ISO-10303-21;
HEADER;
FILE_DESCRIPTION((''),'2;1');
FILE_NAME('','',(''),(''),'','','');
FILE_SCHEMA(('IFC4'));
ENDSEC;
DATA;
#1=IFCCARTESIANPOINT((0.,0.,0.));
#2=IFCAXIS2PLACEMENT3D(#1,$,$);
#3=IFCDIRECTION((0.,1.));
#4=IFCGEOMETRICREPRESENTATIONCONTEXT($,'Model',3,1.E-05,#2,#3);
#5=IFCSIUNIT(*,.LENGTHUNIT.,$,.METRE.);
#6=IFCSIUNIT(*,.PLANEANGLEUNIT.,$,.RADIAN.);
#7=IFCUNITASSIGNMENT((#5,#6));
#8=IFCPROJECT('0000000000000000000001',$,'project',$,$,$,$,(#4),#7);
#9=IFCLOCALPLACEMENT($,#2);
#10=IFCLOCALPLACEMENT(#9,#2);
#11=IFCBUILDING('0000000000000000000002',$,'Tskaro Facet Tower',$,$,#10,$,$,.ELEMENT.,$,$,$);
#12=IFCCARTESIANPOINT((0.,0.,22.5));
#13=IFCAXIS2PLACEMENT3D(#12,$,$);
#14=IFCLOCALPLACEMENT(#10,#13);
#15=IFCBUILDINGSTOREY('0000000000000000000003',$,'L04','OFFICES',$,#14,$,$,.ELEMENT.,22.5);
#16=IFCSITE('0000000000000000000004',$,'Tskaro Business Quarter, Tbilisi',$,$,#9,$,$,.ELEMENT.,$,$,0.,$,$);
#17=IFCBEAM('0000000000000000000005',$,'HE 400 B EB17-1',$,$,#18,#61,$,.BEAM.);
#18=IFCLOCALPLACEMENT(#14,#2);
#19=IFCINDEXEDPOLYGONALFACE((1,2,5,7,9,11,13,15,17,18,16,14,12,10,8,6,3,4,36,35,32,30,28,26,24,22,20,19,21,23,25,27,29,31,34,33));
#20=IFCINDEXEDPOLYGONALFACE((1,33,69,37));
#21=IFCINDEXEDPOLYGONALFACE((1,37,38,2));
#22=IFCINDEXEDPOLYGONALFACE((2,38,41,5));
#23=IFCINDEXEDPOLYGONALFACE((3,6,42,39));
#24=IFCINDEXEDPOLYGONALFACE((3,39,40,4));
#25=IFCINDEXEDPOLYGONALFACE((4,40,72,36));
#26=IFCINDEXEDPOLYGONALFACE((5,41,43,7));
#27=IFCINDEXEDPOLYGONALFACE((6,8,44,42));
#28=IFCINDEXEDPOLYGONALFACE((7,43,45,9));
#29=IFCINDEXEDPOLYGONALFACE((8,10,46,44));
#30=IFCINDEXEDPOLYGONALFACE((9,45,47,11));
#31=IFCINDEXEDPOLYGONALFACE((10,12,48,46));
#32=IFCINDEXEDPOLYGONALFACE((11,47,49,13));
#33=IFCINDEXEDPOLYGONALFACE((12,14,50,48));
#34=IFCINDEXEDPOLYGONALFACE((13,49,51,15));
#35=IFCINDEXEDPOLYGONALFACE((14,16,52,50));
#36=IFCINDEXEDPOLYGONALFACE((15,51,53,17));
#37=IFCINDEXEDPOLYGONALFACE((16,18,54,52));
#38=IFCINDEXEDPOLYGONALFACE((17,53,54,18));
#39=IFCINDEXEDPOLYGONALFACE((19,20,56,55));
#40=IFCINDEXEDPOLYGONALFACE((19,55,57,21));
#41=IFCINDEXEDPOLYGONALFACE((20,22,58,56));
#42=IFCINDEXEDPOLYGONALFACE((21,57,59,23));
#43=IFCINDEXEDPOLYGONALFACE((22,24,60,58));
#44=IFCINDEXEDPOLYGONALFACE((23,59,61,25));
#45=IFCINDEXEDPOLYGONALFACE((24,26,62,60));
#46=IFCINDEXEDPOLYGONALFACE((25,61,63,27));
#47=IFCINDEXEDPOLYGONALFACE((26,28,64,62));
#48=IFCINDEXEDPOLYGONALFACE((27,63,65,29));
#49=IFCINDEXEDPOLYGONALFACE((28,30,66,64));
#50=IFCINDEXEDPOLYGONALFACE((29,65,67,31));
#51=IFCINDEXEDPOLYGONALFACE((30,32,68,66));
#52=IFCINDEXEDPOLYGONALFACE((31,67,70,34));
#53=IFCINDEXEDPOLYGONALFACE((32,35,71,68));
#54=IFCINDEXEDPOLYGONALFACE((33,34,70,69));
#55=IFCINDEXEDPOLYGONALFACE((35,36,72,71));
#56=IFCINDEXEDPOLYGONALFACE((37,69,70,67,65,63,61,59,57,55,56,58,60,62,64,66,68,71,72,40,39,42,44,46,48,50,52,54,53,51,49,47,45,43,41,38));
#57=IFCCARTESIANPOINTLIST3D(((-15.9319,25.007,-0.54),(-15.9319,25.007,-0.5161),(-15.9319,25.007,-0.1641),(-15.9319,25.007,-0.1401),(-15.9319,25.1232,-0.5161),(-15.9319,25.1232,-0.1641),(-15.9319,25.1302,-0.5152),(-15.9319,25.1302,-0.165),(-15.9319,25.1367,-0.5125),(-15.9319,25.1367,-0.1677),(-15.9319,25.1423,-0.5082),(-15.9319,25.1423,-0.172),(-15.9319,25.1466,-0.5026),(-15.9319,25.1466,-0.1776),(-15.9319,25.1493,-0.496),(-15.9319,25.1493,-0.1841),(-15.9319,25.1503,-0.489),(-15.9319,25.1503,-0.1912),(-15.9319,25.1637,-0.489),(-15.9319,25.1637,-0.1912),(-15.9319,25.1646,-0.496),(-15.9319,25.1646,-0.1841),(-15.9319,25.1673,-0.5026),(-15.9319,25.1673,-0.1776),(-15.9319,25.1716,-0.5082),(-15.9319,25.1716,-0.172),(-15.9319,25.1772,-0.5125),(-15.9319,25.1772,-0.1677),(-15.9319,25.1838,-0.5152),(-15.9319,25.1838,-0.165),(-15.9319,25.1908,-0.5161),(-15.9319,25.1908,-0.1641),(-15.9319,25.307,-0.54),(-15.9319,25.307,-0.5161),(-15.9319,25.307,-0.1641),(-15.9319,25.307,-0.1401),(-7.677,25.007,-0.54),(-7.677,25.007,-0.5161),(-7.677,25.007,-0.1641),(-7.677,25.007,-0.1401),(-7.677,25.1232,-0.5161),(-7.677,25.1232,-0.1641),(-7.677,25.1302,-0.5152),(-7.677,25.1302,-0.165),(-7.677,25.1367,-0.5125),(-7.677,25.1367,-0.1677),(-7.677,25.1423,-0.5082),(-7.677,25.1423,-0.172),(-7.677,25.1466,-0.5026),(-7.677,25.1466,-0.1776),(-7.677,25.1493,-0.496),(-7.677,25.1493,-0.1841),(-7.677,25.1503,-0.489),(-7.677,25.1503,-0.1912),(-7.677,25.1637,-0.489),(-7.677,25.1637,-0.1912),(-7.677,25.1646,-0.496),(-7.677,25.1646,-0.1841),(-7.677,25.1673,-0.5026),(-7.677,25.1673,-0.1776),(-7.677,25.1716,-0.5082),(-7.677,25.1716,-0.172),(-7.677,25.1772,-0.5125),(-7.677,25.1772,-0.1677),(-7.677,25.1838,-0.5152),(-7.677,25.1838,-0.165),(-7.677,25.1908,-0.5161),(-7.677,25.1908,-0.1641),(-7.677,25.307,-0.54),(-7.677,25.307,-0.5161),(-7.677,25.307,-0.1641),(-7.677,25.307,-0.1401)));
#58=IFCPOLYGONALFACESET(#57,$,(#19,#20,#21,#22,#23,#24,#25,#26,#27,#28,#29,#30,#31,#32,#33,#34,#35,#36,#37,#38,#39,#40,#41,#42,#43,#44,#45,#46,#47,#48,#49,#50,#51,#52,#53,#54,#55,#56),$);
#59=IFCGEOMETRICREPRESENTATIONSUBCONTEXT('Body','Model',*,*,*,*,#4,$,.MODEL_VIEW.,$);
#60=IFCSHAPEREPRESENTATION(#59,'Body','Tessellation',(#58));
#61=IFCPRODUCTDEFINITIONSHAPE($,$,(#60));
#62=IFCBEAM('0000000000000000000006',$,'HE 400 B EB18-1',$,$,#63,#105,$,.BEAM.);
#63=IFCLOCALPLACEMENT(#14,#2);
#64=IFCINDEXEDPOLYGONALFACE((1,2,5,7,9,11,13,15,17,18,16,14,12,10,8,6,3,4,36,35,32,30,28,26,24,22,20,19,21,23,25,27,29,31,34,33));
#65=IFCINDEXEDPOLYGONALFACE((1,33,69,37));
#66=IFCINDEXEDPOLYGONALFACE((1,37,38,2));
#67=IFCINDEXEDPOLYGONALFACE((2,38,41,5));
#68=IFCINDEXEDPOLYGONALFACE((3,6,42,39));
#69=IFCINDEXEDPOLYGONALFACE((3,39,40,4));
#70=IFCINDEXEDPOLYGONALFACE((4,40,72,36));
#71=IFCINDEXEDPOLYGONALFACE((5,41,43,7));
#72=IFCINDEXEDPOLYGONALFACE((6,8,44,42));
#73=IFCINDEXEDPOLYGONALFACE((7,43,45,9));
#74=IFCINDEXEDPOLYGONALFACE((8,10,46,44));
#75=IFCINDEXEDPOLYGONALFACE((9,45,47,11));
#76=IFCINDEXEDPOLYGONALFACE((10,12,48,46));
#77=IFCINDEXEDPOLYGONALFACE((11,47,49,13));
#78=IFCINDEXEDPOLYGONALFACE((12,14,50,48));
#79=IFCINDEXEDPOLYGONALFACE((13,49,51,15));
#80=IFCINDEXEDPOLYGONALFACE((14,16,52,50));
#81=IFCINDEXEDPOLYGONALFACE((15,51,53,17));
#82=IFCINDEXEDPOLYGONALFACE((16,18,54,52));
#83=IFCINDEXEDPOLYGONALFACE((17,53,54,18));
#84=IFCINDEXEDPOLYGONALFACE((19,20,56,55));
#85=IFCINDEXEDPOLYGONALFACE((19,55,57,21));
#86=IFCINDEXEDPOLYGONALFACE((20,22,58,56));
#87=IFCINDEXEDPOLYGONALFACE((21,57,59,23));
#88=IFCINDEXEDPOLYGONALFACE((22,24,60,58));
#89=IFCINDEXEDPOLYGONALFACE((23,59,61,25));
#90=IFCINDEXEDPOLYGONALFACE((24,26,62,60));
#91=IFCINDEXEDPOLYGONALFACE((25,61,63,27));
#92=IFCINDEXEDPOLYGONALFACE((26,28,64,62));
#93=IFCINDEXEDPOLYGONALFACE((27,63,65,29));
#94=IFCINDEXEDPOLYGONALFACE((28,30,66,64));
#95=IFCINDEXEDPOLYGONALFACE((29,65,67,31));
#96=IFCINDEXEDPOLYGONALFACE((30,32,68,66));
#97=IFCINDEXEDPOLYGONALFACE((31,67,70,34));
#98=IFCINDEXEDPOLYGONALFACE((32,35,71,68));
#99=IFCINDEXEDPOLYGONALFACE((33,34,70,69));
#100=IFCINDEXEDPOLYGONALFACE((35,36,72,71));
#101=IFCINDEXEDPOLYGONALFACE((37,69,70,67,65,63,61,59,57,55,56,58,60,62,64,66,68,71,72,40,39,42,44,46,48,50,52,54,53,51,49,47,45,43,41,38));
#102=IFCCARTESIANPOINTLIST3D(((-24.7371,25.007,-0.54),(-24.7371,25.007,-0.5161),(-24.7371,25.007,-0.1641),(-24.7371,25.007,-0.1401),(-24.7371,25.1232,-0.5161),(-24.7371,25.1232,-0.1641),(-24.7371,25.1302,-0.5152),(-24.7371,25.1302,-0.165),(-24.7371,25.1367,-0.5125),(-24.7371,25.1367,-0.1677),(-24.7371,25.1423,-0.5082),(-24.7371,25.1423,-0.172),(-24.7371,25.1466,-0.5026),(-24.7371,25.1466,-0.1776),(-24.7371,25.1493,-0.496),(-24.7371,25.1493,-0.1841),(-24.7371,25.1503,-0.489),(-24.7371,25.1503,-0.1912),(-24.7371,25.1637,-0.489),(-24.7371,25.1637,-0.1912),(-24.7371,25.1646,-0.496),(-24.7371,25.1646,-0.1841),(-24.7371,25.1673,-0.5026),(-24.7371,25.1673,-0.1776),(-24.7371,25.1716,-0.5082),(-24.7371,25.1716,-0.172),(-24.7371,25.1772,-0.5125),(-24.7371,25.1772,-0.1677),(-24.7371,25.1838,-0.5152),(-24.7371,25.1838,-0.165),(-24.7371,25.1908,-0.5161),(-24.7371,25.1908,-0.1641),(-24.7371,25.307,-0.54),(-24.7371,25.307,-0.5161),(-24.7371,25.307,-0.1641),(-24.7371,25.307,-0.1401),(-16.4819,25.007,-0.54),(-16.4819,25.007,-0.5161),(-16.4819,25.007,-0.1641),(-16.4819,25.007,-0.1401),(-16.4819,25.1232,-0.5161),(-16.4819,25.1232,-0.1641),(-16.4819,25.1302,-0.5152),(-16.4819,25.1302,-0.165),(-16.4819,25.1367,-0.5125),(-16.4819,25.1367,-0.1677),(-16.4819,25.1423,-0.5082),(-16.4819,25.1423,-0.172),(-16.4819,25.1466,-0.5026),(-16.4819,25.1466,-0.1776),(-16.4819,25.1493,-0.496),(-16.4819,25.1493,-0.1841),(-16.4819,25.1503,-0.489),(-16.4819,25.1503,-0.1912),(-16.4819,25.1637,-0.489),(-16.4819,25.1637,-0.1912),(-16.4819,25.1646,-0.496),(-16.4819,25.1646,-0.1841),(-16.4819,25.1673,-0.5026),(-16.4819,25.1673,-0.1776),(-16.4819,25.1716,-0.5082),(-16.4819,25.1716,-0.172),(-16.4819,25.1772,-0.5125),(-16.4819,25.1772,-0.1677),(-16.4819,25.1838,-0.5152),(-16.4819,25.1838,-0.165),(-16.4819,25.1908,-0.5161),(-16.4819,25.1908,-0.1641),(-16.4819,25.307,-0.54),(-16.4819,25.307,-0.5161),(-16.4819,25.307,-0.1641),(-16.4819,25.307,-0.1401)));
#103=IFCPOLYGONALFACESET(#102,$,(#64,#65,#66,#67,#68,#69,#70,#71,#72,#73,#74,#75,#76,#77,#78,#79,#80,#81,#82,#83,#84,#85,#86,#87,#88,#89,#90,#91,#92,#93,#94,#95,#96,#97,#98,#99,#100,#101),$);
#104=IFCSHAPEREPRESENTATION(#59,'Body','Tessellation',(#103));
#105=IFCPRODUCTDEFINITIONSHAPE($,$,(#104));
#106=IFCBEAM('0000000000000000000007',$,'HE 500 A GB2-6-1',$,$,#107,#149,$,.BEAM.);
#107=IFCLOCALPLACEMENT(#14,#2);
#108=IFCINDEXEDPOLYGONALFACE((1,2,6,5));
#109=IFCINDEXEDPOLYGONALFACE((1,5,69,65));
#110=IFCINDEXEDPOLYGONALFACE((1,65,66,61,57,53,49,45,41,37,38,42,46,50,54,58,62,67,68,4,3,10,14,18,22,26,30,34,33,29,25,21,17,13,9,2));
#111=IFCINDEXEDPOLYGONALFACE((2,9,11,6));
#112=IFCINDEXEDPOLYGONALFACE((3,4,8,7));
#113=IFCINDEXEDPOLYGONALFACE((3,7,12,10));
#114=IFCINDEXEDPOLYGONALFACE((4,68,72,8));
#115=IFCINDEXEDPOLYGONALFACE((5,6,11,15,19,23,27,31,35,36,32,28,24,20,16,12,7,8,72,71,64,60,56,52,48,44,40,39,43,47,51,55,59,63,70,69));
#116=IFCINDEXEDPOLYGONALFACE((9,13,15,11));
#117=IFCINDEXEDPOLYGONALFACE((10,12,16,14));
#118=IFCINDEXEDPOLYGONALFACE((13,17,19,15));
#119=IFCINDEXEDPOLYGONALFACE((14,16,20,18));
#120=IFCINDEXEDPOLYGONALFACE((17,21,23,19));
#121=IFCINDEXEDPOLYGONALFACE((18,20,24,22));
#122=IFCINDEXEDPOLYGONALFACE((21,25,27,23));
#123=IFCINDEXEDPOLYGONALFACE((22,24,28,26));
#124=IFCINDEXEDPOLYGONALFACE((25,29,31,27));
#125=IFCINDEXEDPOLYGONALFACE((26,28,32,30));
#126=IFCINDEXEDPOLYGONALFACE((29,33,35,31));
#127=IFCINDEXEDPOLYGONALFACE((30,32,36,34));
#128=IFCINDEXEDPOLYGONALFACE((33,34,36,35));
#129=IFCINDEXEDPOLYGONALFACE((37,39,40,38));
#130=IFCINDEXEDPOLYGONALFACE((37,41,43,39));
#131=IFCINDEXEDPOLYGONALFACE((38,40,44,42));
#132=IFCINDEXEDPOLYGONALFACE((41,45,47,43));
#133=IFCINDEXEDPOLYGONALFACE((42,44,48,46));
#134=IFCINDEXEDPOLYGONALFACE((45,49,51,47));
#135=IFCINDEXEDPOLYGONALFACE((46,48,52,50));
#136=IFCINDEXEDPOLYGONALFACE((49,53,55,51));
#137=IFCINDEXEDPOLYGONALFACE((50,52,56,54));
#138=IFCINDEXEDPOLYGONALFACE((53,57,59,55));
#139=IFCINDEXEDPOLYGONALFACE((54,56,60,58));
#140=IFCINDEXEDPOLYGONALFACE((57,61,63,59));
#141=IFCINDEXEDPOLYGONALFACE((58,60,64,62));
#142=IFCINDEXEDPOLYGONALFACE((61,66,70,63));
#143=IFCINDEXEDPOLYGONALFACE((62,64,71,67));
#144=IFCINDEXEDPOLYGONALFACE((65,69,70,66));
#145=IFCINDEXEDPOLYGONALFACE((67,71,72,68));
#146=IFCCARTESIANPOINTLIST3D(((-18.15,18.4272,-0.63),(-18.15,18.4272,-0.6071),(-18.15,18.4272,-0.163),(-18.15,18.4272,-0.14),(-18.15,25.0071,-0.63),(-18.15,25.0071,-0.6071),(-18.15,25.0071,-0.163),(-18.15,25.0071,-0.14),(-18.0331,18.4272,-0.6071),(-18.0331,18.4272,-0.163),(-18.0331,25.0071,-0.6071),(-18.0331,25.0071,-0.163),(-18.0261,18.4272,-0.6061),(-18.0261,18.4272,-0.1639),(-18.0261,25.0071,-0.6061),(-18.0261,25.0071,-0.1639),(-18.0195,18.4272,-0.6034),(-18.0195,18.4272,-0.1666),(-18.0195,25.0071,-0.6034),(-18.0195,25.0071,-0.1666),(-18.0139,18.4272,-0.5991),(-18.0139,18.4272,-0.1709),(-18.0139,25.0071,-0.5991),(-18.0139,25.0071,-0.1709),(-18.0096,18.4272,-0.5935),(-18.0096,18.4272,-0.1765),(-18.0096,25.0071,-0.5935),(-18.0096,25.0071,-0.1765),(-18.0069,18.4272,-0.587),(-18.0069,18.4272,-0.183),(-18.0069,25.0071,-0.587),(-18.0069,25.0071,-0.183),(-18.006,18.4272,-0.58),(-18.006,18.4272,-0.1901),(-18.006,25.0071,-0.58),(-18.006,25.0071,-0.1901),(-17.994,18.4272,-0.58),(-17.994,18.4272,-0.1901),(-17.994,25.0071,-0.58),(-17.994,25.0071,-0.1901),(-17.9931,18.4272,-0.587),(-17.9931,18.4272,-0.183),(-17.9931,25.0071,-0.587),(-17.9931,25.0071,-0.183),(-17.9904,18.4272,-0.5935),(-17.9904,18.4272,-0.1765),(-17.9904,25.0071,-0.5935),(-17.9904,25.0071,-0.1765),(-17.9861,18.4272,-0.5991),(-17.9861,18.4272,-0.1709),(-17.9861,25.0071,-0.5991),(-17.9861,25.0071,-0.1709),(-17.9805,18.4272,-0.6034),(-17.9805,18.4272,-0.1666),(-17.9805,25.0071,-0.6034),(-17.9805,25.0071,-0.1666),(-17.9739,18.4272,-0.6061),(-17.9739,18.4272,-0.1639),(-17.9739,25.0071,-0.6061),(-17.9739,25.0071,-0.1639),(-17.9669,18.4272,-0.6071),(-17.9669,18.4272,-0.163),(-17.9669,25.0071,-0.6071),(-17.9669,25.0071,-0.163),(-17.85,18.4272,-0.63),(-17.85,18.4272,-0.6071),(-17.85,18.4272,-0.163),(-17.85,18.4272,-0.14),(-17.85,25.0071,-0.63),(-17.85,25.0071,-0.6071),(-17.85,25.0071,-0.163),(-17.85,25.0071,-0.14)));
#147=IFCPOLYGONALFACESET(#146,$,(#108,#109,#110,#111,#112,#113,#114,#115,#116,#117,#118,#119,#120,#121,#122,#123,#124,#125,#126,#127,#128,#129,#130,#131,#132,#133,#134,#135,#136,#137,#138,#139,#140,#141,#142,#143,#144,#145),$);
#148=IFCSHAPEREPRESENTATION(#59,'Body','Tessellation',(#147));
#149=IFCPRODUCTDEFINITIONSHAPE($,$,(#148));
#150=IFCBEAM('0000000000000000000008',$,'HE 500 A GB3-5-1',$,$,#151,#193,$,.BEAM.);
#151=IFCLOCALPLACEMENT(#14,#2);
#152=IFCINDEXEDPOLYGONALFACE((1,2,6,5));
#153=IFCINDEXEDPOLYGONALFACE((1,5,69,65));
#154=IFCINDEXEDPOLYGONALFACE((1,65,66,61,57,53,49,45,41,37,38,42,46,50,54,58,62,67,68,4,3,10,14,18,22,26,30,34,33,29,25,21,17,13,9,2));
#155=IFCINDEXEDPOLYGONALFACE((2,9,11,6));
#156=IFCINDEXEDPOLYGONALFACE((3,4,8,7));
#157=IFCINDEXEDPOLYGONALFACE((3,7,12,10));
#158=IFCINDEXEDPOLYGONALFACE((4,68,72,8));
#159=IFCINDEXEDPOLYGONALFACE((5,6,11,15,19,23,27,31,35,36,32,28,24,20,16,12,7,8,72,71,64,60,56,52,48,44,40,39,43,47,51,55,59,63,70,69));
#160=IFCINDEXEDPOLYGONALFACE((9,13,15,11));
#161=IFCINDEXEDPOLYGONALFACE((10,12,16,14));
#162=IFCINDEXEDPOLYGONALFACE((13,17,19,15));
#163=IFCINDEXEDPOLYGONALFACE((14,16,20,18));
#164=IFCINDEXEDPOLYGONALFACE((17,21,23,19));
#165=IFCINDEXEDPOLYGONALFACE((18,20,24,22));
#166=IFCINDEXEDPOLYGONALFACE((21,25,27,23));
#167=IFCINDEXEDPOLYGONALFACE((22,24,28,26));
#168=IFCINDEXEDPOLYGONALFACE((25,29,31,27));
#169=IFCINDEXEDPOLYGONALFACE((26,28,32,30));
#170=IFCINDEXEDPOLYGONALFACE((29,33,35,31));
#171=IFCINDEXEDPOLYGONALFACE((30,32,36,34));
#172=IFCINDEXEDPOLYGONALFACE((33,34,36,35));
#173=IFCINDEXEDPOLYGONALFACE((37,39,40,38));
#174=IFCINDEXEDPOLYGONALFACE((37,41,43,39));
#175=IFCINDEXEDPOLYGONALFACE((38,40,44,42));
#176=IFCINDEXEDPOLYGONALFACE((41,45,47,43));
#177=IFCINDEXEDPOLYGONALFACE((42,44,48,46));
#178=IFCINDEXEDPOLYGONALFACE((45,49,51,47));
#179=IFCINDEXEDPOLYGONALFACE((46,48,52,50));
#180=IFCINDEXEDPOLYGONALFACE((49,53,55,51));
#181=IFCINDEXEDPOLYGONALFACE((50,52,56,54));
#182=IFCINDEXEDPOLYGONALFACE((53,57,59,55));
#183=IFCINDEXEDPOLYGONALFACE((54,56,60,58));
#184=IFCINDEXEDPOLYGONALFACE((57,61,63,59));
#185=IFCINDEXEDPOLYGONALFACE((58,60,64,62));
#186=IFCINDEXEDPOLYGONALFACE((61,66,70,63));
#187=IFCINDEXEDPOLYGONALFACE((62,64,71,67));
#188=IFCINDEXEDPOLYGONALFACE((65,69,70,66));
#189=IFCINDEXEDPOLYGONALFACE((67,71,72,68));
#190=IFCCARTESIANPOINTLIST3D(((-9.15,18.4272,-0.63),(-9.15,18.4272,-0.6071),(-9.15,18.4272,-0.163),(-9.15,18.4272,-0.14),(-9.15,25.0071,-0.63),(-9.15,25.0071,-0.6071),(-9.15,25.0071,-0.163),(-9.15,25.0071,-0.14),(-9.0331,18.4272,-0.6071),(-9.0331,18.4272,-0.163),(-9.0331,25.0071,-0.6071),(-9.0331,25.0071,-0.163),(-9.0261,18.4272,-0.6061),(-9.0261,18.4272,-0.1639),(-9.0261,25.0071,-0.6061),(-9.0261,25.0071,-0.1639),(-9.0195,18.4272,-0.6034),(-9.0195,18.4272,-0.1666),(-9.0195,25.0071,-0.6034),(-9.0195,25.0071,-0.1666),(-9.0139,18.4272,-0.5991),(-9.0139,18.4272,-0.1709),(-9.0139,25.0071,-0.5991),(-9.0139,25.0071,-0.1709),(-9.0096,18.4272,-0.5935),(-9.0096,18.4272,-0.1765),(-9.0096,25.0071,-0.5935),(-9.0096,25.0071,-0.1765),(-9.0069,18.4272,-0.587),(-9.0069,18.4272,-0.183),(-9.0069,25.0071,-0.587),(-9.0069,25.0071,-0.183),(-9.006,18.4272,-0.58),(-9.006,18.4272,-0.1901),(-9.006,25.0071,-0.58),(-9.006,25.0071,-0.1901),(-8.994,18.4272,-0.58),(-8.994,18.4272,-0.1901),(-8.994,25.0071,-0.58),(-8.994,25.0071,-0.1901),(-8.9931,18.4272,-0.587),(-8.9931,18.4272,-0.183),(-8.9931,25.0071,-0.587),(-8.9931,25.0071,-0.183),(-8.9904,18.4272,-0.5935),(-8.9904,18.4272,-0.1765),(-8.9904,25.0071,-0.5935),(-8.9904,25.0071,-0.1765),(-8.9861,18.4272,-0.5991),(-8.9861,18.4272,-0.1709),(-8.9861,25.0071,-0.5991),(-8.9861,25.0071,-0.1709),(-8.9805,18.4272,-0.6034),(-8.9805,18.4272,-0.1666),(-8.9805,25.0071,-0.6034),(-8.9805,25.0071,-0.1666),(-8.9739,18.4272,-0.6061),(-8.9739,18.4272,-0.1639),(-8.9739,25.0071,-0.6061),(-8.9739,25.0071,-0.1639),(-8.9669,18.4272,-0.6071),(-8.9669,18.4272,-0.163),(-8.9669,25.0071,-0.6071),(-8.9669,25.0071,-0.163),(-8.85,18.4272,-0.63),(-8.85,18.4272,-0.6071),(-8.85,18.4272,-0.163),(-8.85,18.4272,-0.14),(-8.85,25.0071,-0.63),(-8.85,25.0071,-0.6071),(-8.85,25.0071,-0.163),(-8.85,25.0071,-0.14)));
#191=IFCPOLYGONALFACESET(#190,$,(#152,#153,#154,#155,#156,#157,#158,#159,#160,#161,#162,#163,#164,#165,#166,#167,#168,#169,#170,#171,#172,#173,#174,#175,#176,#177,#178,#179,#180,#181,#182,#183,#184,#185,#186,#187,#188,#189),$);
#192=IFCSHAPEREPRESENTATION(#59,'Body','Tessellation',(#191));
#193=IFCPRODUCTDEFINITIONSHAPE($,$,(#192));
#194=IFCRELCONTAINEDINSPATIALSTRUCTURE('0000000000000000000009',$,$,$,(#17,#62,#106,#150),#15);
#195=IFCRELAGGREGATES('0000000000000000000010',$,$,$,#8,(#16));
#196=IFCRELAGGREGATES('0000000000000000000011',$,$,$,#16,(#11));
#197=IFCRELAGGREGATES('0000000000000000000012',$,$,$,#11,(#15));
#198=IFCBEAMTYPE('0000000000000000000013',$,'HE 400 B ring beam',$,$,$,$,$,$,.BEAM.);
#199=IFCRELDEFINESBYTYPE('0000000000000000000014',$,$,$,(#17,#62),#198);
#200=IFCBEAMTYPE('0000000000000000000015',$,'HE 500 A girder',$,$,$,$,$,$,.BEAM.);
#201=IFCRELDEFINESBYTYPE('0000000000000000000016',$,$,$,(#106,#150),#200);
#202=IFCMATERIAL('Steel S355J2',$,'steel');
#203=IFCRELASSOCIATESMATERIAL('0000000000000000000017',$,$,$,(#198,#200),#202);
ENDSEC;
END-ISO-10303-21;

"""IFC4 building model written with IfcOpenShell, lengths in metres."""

from ifc_helpers import new_model, si_unit, direction, frame, origin, origin_2d, place, context, subcontext, project, spatial, i_section, extrude, material, material_profile, profile_set, type_object, element, save


model = new_model("IFC4")

# Units and contexts
model_context = context("Model", 3, precision=1e-05, world=origin(), true_north=direction((0.0, 1.0)))
body_context = subcontext(model_context, "Body", "Model", "MODEL_VIEW")
ifc_project = project(units=[si_unit("LENGTHUNIT", "METRE"), si_unit("PLANEANGLEUNIT", "RADIAN")], contexts=[model_context])

# Site, building, storey
site_placement = place(None, origin())
site = spatial("IfcSite", under=ifc_project, at=site_placement, Name="Tskaro Business Quarter, Tbilisi", CompositionType="ELEMENT", RefElevation=0.0)
building_placement = place(site_placement, origin())
building = spatial("IfcBuilding", under=site, at=building_placement, Name="Tskaro Facet Tower", CompositionType="ELEMENT")
storey_placement = place(building_placement, frame((0.0, 0.0, 22.5)))
storey = spatial("IfcBuildingStorey", under=building, at=storey_placement, Name="L04", Description="OFFICES", CompositionType="ELEMENT", Elevation=22.5)

# Beams
ifc_material_1 = material(Name="Steel S355J2", Category="steel")
ifc_material_profile_1 = material_profile(ifc_material_1, i_section(OverallWidth=0.3, OverallDepth=0.3999, WebThickness=0.0134, FlangeThickness=0.0239, FilletRadius=0.0271, at=origin_2d()), Name="HE 400 B")
ifc_profile_set_1 = profile_set([ifc_material_profile_1], Name="Steel S355J2")
beam_type_1 = type_object("IfcBeamType", Name="HE 400 B ring beam", PredefinedType="BEAM", material=ifc_profile_set_1)
beam_1_placement = place(storey_placement, frame((-7.677, 25.157, -0.3401), z_axis=(-1.0, 0.0, 0.0), x_axis=(0.0, -1.0, 0.0)))
element("IfcBeam", 1, at=beam_1_placement, inside=storey, type_object=beam_type_1, Name="HE 400 B EB17-1", PredefinedType="BEAM", context=body_context, shape_type="SweptSolid", body=[
    extrude(i_section(OverallWidth=0.3, OverallDepth=0.3999, WebThickness=0.0134, FlangeThickness=0.0239, FilletRadius=0.0271, at=origin_2d()), origin(), (0.0, 0.0, 1.0), 8.2549),
])
beam_2_placement = place(storey_placement, frame((-16.4819, 25.157, -0.3401), z_axis=(-1.0, 0.0, 0.0), x_axis=(0.0, -1.0, 0.0)))
element("IfcBeam", 2, at=beam_2_placement, inside=storey, type_object=beam_type_1, Name="HE 400 B EB18-1", PredefinedType="BEAM", context=body_context, shape_type="SweptSolid", body=[
    extrude(i_section(OverallWidth=0.3, OverallDepth=0.3999, WebThickness=0.0134, FlangeThickness=0.0239, FilletRadius=0.0271, at=origin_2d()), origin(), (0.0, 0.0, 1.0), 8.2551),
])
ifc_material_profile_2 = material_profile(ifc_material_1, i_section(OverallWidth=0.3, OverallDepth=0.49, WebThickness=0.012, FlangeThickness=0.0229, FilletRadius=0.0271, at=origin_2d()), Name="HE 500 A")
ifc_profile_set_2 = profile_set([ifc_material_profile_2], Name="Steel S355J2")
beam_type_2 = type_object("IfcBeamType", Name="HE 500 A girder", PredefinedType="BEAM", material=ifc_profile_set_2)
for number, where, z_axis, x_axis, name in (
    (3, (-18.0, 18.4272, -0.385), (0.0, 1.0, 0.0), (-1.0, 0.0, 0.0), "HE 500 A GB2-6-1"),
    (4, (-9.0, 18.4272, -0.385), (0.0, 1.0, 0.0), (-1.0, 0.0, 0.0), "HE 500 A GB3-5-1"),
):
    element("IfcBeam", number, at=place(storey_placement, frame(where, z_axis=z_axis, x_axis=x_axis)), inside=storey, type_object=beam_type_2, Name=name, PredefinedType="BEAM", context=body_context, shape_type="SweptSolid", body=[
        extrude(i_section(OverallWidth=0.3, OverallDepth=0.49, WebThickness=0.012, FlangeThickness=0.0229, FilletRadius=0.0271, at=origin_2d()), origin(), (0.0, 0.0, 1.0), 6.5798),
    ])

save(model, "model.ifc")
